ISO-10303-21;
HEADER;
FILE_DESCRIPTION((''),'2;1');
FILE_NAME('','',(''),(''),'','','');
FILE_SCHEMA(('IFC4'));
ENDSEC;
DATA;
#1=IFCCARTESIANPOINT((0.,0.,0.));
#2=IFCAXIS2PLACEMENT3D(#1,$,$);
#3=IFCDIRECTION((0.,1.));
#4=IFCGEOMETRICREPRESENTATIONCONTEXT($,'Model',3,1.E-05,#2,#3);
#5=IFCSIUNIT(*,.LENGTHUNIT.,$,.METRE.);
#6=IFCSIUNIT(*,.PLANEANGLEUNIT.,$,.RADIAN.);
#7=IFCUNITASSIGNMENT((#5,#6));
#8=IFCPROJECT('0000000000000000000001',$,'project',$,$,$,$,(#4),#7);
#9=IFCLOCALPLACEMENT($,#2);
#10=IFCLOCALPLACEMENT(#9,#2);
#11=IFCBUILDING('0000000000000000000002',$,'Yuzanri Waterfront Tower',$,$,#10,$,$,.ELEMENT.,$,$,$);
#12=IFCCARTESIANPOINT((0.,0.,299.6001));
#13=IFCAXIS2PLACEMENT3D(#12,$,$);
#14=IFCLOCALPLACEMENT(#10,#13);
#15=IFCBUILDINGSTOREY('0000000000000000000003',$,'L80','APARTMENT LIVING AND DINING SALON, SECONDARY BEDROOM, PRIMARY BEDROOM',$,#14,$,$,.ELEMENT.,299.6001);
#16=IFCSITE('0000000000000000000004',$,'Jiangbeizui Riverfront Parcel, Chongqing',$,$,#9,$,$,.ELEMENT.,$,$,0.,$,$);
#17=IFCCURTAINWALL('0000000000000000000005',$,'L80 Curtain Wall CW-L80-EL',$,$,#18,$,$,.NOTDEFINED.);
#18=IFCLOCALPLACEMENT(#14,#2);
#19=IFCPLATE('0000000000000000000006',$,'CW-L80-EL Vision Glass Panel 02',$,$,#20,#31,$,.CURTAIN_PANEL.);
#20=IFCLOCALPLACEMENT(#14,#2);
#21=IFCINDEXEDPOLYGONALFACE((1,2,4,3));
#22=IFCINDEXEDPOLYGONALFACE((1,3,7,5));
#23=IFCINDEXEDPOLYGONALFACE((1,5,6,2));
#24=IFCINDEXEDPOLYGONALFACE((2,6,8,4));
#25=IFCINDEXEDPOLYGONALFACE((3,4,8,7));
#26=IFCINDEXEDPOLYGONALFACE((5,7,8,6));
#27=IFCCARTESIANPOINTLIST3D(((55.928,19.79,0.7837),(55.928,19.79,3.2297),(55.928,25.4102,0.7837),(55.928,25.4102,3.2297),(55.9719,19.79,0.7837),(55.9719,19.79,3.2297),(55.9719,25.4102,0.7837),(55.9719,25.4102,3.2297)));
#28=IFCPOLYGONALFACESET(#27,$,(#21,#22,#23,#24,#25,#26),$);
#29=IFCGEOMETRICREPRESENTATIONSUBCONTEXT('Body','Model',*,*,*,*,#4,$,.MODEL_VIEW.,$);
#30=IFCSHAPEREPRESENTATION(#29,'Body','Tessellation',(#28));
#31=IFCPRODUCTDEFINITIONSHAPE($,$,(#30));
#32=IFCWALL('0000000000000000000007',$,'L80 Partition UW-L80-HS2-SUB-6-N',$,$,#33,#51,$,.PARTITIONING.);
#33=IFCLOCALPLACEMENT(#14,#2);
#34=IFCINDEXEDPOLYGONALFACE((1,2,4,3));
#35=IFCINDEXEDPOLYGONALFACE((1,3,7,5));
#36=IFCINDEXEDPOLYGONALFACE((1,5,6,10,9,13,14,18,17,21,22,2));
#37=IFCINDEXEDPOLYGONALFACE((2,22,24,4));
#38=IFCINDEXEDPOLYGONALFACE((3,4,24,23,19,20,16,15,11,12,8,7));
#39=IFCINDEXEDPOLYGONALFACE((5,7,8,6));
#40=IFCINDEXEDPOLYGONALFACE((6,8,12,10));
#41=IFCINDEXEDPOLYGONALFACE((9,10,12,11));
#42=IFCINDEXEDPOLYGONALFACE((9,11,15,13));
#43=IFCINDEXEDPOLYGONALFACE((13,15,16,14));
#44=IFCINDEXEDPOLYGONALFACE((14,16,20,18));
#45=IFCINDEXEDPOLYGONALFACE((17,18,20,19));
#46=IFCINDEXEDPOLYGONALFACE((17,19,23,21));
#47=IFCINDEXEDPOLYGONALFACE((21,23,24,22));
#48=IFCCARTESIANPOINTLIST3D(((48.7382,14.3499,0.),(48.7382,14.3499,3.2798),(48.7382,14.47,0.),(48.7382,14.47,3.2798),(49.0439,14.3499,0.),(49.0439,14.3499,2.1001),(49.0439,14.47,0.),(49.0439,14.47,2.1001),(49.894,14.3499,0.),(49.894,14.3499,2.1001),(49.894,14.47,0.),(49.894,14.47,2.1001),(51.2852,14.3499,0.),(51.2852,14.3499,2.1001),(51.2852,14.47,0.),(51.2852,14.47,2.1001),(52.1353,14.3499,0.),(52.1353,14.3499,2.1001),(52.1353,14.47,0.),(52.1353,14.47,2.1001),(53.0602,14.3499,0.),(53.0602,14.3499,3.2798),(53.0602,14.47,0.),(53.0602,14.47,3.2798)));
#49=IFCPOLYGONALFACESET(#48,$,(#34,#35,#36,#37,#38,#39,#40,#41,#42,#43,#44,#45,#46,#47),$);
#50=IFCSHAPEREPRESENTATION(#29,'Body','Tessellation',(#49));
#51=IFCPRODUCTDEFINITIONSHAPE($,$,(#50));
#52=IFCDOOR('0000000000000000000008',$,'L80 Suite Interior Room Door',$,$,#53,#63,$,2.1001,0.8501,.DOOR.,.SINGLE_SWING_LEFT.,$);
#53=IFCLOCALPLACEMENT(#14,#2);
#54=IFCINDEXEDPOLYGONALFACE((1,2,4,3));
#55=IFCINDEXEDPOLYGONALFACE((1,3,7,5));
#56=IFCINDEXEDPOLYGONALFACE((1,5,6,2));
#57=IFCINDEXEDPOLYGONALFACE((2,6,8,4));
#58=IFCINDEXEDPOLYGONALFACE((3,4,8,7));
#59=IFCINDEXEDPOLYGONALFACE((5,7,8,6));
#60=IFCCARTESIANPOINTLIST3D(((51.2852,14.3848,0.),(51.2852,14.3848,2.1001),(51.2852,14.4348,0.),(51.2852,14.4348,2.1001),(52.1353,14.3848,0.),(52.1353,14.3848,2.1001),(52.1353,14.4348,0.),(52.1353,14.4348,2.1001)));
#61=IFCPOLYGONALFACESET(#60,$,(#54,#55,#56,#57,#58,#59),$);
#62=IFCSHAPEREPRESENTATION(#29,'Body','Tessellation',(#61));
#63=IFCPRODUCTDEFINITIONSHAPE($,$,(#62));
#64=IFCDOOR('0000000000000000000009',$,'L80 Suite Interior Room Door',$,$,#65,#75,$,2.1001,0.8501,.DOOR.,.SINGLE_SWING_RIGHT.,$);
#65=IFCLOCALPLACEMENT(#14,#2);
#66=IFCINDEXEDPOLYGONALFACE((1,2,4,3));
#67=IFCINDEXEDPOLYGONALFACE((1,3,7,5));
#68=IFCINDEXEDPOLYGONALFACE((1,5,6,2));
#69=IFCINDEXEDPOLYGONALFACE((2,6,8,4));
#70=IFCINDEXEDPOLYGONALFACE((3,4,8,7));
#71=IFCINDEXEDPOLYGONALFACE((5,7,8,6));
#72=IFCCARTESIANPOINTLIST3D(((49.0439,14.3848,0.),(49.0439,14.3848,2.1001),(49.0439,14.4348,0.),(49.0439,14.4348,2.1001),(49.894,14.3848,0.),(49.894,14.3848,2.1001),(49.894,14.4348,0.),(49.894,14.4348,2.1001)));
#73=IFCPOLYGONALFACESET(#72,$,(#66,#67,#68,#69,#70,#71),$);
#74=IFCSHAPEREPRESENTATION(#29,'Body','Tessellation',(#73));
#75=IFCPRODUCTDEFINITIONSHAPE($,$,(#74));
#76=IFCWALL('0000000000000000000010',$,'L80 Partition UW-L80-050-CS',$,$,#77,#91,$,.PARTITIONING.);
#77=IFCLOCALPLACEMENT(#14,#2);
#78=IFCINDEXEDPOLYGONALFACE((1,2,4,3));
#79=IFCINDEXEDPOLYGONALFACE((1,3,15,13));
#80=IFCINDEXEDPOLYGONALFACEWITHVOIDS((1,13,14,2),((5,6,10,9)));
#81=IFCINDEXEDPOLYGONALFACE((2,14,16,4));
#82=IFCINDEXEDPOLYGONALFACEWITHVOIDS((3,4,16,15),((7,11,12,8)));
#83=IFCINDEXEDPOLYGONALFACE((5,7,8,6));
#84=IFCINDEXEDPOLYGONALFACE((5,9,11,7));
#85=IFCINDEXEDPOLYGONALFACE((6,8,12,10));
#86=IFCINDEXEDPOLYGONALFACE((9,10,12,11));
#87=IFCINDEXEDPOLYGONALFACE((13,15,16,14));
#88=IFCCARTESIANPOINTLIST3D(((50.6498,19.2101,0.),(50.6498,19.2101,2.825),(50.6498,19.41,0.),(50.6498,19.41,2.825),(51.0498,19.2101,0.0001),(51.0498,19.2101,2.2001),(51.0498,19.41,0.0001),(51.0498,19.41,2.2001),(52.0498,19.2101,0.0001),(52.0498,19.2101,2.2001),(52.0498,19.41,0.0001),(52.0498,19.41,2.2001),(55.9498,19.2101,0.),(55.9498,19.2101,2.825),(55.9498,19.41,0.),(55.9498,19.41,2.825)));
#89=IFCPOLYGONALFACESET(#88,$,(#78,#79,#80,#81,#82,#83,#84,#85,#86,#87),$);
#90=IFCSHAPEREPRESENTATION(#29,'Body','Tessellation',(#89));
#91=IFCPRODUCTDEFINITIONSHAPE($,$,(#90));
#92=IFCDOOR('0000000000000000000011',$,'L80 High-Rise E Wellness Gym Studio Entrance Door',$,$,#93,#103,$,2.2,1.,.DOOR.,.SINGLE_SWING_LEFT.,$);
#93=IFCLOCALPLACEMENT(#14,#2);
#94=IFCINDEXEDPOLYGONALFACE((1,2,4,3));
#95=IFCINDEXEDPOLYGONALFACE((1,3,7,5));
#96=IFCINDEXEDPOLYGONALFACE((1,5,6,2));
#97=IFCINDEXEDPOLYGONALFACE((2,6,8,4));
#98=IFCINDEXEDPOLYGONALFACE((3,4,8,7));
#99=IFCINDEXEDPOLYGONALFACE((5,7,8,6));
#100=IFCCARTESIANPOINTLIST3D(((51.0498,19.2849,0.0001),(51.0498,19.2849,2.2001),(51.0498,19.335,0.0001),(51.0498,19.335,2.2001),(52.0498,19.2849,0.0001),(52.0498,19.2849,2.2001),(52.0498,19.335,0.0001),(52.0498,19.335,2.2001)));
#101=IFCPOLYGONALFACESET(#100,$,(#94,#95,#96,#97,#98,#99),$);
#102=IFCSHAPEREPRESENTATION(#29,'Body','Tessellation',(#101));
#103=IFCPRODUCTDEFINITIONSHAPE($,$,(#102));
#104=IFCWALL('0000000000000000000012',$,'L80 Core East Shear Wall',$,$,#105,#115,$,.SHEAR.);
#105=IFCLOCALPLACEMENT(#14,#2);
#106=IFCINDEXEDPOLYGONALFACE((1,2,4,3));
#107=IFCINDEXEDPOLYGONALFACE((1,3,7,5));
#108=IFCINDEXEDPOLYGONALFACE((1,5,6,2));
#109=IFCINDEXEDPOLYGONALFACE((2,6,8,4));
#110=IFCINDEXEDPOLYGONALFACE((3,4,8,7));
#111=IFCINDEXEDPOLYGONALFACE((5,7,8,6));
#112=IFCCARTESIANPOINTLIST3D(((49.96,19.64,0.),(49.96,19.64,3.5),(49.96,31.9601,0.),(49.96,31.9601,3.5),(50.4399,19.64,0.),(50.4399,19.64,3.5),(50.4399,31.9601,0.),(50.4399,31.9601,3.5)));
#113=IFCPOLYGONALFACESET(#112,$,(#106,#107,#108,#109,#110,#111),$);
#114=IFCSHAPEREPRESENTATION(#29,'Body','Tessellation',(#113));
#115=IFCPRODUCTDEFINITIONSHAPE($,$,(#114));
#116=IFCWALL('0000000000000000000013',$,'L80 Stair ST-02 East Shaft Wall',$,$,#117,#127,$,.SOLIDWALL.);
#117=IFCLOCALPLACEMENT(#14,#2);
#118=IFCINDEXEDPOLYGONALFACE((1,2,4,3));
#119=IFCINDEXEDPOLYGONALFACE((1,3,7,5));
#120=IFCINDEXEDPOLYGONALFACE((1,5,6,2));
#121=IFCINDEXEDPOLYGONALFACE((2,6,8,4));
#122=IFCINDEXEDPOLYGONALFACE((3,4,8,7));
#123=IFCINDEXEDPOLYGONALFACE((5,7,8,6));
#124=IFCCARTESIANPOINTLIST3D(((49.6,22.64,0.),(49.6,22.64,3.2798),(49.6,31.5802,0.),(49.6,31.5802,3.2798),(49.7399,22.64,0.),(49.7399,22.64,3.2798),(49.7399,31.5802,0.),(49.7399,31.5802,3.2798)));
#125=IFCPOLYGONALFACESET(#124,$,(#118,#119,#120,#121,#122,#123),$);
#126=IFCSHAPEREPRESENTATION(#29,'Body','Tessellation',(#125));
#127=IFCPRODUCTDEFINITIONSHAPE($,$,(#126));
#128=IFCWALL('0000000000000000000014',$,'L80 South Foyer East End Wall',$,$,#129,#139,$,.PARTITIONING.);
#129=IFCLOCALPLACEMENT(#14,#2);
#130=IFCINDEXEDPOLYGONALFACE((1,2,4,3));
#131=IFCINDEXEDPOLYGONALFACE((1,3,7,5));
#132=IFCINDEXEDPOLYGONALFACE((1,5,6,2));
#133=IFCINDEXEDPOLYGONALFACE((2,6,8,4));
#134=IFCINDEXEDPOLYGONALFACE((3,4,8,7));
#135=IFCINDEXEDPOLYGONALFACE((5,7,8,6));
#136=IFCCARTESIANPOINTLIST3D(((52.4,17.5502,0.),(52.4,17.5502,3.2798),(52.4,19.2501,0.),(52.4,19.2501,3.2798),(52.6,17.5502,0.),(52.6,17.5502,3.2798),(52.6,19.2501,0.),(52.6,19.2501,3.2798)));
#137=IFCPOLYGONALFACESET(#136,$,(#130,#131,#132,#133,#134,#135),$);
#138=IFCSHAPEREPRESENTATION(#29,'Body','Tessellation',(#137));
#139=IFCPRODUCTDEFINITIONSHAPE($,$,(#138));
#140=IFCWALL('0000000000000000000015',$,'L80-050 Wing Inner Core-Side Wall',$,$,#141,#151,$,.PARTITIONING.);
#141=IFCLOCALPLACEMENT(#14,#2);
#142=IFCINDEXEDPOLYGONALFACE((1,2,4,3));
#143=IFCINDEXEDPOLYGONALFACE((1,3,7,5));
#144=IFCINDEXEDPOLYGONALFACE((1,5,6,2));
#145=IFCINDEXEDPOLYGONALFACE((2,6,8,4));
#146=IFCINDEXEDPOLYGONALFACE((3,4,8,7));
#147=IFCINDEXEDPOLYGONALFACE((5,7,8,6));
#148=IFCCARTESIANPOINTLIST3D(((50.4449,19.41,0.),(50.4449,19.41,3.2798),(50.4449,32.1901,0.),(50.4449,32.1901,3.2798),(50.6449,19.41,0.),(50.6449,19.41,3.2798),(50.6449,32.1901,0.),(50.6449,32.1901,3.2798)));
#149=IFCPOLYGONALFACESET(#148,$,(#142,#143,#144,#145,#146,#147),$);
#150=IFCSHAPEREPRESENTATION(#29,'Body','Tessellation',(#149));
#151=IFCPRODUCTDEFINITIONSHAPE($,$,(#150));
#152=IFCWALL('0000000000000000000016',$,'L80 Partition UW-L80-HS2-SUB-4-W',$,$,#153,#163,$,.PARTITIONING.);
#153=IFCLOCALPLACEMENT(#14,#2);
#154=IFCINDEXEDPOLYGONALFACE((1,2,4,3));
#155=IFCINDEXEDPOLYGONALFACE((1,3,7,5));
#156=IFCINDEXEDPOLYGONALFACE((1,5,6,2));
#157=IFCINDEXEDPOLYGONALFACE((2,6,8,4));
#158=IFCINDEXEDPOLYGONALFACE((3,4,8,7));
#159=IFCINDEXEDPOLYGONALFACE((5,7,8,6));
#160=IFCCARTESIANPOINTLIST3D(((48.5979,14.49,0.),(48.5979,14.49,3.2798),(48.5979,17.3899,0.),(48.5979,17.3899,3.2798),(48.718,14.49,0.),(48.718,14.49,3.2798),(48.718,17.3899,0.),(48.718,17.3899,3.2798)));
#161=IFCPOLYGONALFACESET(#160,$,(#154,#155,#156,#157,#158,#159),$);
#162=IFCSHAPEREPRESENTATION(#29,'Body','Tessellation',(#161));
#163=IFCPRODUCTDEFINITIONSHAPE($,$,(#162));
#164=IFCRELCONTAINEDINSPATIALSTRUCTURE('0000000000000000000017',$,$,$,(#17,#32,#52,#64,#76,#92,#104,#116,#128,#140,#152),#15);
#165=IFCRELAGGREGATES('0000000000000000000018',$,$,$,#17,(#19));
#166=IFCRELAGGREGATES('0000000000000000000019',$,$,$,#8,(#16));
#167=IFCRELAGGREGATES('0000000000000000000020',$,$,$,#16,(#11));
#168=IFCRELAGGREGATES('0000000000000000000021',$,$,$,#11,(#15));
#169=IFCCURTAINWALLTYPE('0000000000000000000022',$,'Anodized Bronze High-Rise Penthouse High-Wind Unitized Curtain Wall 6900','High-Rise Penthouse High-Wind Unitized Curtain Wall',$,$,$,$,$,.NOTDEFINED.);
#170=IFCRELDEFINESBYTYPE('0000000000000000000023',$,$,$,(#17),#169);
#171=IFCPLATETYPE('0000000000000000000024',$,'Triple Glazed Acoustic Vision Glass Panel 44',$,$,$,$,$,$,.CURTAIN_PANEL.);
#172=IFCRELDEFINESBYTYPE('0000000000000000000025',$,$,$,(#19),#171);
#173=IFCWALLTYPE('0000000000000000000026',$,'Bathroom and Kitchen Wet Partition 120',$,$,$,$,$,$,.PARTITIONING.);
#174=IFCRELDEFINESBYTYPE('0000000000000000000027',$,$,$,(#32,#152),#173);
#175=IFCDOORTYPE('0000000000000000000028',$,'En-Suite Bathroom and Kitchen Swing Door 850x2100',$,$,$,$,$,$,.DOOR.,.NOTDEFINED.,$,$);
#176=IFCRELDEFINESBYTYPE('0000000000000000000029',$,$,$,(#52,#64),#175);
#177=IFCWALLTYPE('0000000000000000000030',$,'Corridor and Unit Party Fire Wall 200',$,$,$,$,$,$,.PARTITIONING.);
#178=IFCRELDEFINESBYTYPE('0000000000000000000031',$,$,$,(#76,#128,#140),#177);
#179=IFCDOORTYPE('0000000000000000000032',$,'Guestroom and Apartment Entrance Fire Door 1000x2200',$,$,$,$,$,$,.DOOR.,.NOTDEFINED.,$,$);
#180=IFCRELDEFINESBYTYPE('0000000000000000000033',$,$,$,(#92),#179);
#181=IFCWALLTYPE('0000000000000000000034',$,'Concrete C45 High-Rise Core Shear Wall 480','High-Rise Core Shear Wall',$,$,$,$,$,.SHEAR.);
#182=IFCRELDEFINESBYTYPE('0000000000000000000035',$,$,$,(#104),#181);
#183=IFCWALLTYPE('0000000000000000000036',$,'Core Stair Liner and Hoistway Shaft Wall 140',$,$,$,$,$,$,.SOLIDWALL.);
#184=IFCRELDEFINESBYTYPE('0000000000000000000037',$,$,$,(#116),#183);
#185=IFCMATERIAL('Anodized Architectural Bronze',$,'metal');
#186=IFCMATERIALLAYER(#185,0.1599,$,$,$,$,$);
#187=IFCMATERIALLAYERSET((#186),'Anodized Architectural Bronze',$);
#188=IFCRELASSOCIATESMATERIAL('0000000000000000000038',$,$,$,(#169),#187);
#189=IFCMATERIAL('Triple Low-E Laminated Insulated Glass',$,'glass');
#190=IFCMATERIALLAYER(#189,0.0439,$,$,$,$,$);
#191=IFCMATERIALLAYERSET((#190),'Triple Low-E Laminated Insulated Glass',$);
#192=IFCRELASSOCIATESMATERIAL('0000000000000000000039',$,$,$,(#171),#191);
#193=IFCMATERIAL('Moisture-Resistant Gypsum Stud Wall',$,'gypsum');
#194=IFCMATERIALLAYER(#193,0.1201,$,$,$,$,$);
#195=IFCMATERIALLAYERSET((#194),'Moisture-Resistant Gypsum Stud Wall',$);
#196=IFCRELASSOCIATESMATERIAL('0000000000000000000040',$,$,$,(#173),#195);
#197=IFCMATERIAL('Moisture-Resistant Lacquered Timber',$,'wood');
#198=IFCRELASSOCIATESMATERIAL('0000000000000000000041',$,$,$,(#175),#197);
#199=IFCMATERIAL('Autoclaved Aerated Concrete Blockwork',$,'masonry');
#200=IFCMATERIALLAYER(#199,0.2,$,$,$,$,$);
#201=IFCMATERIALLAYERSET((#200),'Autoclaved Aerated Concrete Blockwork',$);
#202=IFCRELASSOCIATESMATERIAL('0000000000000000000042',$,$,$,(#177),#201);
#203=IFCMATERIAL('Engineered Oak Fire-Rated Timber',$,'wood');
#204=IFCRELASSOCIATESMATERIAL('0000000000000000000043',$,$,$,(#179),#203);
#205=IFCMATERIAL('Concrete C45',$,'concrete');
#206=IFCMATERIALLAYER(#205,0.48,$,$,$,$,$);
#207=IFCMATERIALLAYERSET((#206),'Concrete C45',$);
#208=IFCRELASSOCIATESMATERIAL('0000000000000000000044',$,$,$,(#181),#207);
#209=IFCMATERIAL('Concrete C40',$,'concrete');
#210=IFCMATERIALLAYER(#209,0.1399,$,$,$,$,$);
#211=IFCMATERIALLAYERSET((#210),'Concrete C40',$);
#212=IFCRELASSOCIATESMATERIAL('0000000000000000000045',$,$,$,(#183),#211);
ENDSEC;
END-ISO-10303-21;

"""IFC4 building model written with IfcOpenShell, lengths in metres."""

from ifc_helpers import new_model, si_unit, direction, frame, frame_2d, origin, origin_2d, place, context, subcontext, project, spatial, rectangle, extrude, source, transform, mapped, material, layer, layer_set, type_object, element, fill, aggregate, save


model = new_model("IFC4")

# Units and contexts
model_context = context("Model", 3, precision=1e-05, world=origin(), true_north=direction((0.0, 1.0)))
body_context = subcontext(model_context, "Body", "Model", "MODEL_VIEW")
ifc_project = project(units=[si_unit("LENGTHUNIT", "METRE"), si_unit("PLANEANGLEUNIT", "RADIAN")], contexts=[model_context])

# Site, building, storey
site_placement = place(None, origin())
site = spatial("IfcSite", under=ifc_project, at=site_placement, Name="Jiangbeizui Riverfront Parcel, Chongqing", CompositionType="ELEMENT", RefElevation=0.0)
building_placement = place(site_placement, origin())
building = spatial("IfcBuilding", under=site, at=building_placement, Name="Yuzanri Waterfront Tower", CompositionType="ELEMENT")
storey_placement = place(building_placement, frame((0.0, 0.0, 299.6001)))
storey = spatial("IfcBuildingStorey", under=building, at=storey_placement, Name="L80", Description="APARTMENT LIVING AND DINING SALON, SECONDARY BEDROOM, PRIMARY BEDROOM", CompositionType="ELEMENT", Elevation=299.6001)

# Curtain wall, plate
ifc_material_1 = material(Name="Anodized Architectural Bronze", Category="metal")
ifc_layer_1 = layer(ifc_material_1, 0.1599)
ifc_layer_set_1 = layer_set([ifc_layer_1], Name="Anodized Architectural Bronze")
curtain_wall_type = type_object("IfcCurtainWallType", Name="Anodized Bronze High-Rise Penthouse High-Wind Unitized Curtain Wall 6900", Description="High-Rise Penthouse High-Wind Unitized Curtain Wall", PredefinedType="NOTDEFINED", material=ifc_layer_set_1)
curtain_wall_placement = place(storey_placement, origin())
curtain_wall = element("IfcCurtainWall", 1, at=curtain_wall_placement, inside=storey, type_object=curtain_wall_type, Name="L80 Curtain Wall CW-L80-EL", PredefinedType="NOTDEFINED")
ifc_material_2 = material(Name="Triple Low-E Laminated Insulated Glass", Category="glass")
ifc_layer_2 = layer(ifc_material_2, 0.0439)
ifc_layer_set_2 = layer_set([ifc_layer_2], Name="Triple Low-E Laminated Insulated Glass")
plate_type_1 = type_object("IfcPlateType", Name="Triple Glazed Acoustic Vision Glass Panel 44", PredefinedType="CURTAIN_PANEL", material=ifc_layer_set_2)
shared_shape_1 = source(origin(), body_context, "Body", "SweptSolid", [
    extrude(rectangle(XDim=5.6201, YDim=0.0439, at=origin_2d()), origin(), (0.0, 0.0, 1.0), 2.446),
])
plate_1_placement = place(storey_placement, frame((55.95, 22.6001, 0.7837), z_axis=(0.0, 0.0, 1.0), x_axis=(0.0, 1.0, 0.0)))
plate_1 = element("IfcPlate", 2, at=plate_1_placement, type_object=plate_type_1, Name="CW-L80-EL Vision Glass Panel 02", PredefinedType="CURTAIN_PANEL", context=body_context, shape_type="MappedRepresentation", body=[
    mapped(shared_shape_1, transform((0.0, 0.0, 0.0), scale=1.0)),
])
aggregate(curtain_wall, [plate_1])

# Wall, openings, doors
ifc_material_3 = material(Name="Moisture-Resistant Gypsum Stud Wall", Category="gypsum")
ifc_layer_3 = layer(ifc_material_3, 0.1201)
ifc_layer_set_3 = layer_set([ifc_layer_3], Name="Moisture-Resistant Gypsum Stud Wall")
wall_type_1 = type_object("IfcWallType", Name="Bathroom and Kitchen Wet Partition 120", PredefinedType="PARTITIONING", material=ifc_layer_set_3)
wall_1_placement = place(storey_placement, frame((48.738, 14.4099, 0.0), z_axis=(0.0, 0.0, 1.0), x_axis=(1.0, 0.0, 0.0)))
wall_1 = element("IfcWall", 3, at=wall_1_placement, inside=storey, type_object=wall_type_1, Name="L80 Partition UW-L80-HS2-SUB-6-N", PredefinedType="PARTITIONING", context=body_context, shape_type="SweptSolid", body=[
    extrude(rectangle(XDim=4.322, YDim=0.1201, at=frame_2d((2.1611, 0.0))), origin(), (0.0, 0.0, 1.0), 3.2798),
])
opening_1_placement = place(wall_1_placement, frame((2.5471, 0.0, 0.0)))
opening_1 = element("IfcOpeningElement", 4, at=opening_1_placement, cuts=wall_1, PredefinedType="OPENING", context=body_context, shape_type="SweptSolid", body=[
    extrude(rectangle(XDim=0.8501, YDim=2.1001, at=frame_2d((0.425, 1.05))), frame((0.0, 0.075, 0.0), z_axis=(0.0, -1.0, 0.0), x_axis=(1.0, 0.0, 0.0)), (0.0, 0.0, 1.0), 0.1499),
])
opening_2_placement = place(wall_1_placement, frame((0.3059, 0.0, 0.0)))
opening_2 = element("IfcOpeningElement", 5, at=opening_2_placement, cuts=wall_1, PredefinedType="OPENING", context=body_context, shape_type="SweptSolid", body=[
    extrude(rectangle(XDim=0.8501, YDim=2.1001, at=frame_2d((0.425, 1.05))), frame((0.0, 0.075, 0.0), z_axis=(0.0, -1.0, 0.0), x_axis=(1.0, 0.0, 0.0)), (0.0, 0.0, 1.0), 0.1499),
])
ifc_material_4 = material(Name="Moisture-Resistant Lacquered Timber", Category="wood")
door_type_1 = type_object("IfcDoorType", Name="En-Suite Bathroom and Kitchen Swing Door 850x2100", OperationType="NOTDEFINED", PredefinedType="DOOR", material=ifc_material_4)
shared_shape_2 = source(origin(), body_context, "Body", "SweptSolid", [
    extrude(rectangle(XDim=0.8501, YDim=2.1001, at=frame_2d((0.425, 1.05))), frame((0.0, 0.0249, 0.0), z_axis=(0.0, -1.0, 0.0), x_axis=(1.0, 0.0, 0.0)), (0.0, 0.0, 1.0), 0.05),
])
door_1_placement = place(opening_1_placement, origin())
door_1 = element("IfcDoor", 6, at=door_1_placement, inside=storey, type_object=door_type_1, Name="L80 Suite Interior Room Door", OperationType="SINGLE_SWING_LEFT", OverallHeight=2.1001, OverallWidth=0.8501, PredefinedType="DOOR", context=body_context, shape_type="MappedRepresentation", body=[
    mapped(shared_shape_2, transform((0.0, 0.0, 0.0), scale=1.0)),
])
fill(opening_1, door_1)
door_2_placement = place(opening_2_placement, origin())
door_2 = element("IfcDoor", 7, at=door_2_placement, inside=storey, type_object=door_type_1, Name="L80 Suite Interior Room Door", OperationType="SINGLE_SWING_RIGHT", OverallHeight=2.1001, OverallWidth=0.8501, PredefinedType="DOOR", context=body_context, shape_type="MappedRepresentation", body=[
    mapped(shared_shape_2, transform((0.0, 0.0, 0.0), scale=1.0)),
])
fill(opening_2, door_2)

# Wall, opening, door
ifc_material_5 = material(Name="Autoclaved Aerated Concrete Blockwork", Category="masonry")
ifc_layer_4 = layer(ifc_material_5, 0.2)
ifc_layer_set_4 = layer_set([ifc_layer_4], Name="Autoclaved Aerated Concrete Blockwork")
wall_type_2 = type_object("IfcWallType", Name="Corridor and Unit Party Fire Wall 200", PredefinedType="PARTITIONING", material=ifc_layer_set_4)
wall_2_placement = place(storey_placement, frame((50.6499, 19.3101, 0.0), z_axis=(0.0, 0.0, 1.0), x_axis=(1.0, 0.0, 0.0)))
wall_2 = element("IfcWall", 8, at=wall_2_placement, inside=storey, type_object=wall_type_2, Name="L80 Partition UW-L80-050-CS", PredefinedType="PARTITIONING", context=body_context, shape_type="SweptSolid", body=[
    extrude(rectangle(XDim=5.3, YDim=0.2, at=frame_2d((2.6499, 0.0))), origin(), (0.0, 0.0, 1.0), 2.825),
])
opening_3_placement = place(wall_2_placement, frame((0.3999, 0.0, 0.0)))
opening_3 = element("IfcOpeningElement", 9, at=opening_3_placement, cuts=wall_2, PredefinedType="OPENING", context=body_context, shape_type="SweptSolid", body=[
    extrude(rectangle(XDim=1.0, YDim=2.2, at=frame_2d((0.5, 1.1001))), frame((0.0, 0.1147, 0.0), z_axis=(0.0, -1.0, 0.0), x_axis=(1.0, 0.0, 0.0)), (0.0, 0.0, 1.0), 0.2297),
])
ifc_material_6 = material(Name="Engineered Oak Fire-Rated Timber", Category="wood")
door_type_2 = type_object("IfcDoorType", Name="Guestroom and Apartment Entrance Fire Door 1000x2200", OperationType="NOTDEFINED", PredefinedType="DOOR", material=ifc_material_6)
shared_shape_3 = source(origin(), body_context, "Body", "SweptSolid", [
    extrude(rectangle(XDim=1.0, YDim=2.2, at=frame_2d((0.5, 1.1001))), frame((0.0, 0.0249, 0.0), z_axis=(0.0, -1.0, 0.0), x_axis=(1.0, 0.0, 0.0)), (0.0, 0.0, 1.0), 0.05),
])
door_3_placement = place(opening_3_placement, origin())
door_3 = element("IfcDoor", 10, at=door_3_placement, inside=storey, type_object=door_type_2, Name="L80 High-Rise E Wellness Gym Studio Entrance Door", OperationType="SINGLE_SWING_LEFT", OverallHeight=2.2, OverallWidth=1.0, PredefinedType="DOOR", context=body_context, shape_type="MappedRepresentation", body=[
    mapped(shared_shape_3, transform((0.0, 0.0, 0.0), scale=1.0)),
])
fill(opening_3, door_3)

# Walls
ifc_material_7 = material(Name="Concrete C45", Category="concrete")
ifc_layer_5 = layer(ifc_material_7, 0.48)
ifc_layer_set_5 = layer_set([ifc_layer_5], Name="Concrete C45")
wall_type_3 = type_object("IfcWallType", Name="Concrete C45 High-Rise Core Shear Wall 480", Description="High-Rise Core Shear Wall", PredefinedType="SHEAR", material=ifc_layer_set_5)
shared_shape_4 = source(origin(), body_context, "Body", "SweptSolid", [
    extrude(rectangle(XDim=12.3201, YDim=0.48, at=frame_2d((6.1602, 0.0))), origin(), (0.0, 0.0, 1.0), 3.5),
])
wall_3_placement = place(storey_placement, frame((50.2, 19.6399, 0.0), z_axis=(0.0, 0.0, 1.0), x_axis=(0.0, 1.0, 0.0)))
element("IfcWall", 11, at=wall_3_placement, inside=storey, type_object=wall_type_3, Name="L80 Core East Shear Wall", PredefinedType="SHEAR", context=body_context, shape_type="MappedRepresentation", body=[
    mapped(shared_shape_4, transform((0.0, 0.0, 0.0), scale=1.0)),
])
ifc_material_8 = material(Name="Concrete C40", Category="concrete")
ifc_layer_6 = layer(ifc_material_8, 0.1399)
ifc_layer_set_6 = layer_set([ifc_layer_6], Name="Concrete C40")
wall_type_4 = type_object("IfcWallType", Name="Core Stair Liner and Hoistway Shaft Wall 140", PredefinedType="SOLIDWALL", material=ifc_layer_set_6)
shared_shape_5 = source(origin(), body_context, "Body", "SweptSolid", [
    extrude(rectangle(XDim=8.9402, YDim=0.1399, at=frame_2d((4.4702, 0.0))), origin(), (0.0, 0.0, 1.0), 3.2798),
])
wall_4_placement = place(storey_placement, frame((49.6699, 22.6399, 0.0), z_axis=(0.0, 0.0, 1.0), x_axis=(0.0, 1.0, 0.0)))
element("IfcWall", 12, at=wall_4_placement, inside=storey, type_object=wall_type_4, Name="L80 Stair ST-02 East Shaft Wall", PredefinedType="SOLIDWALL", context=body_context, shape_type="MappedRepresentation", body=[
    mapped(shared_shape_5, transform((0.0, 0.0, 0.0), scale=1.0)),
])
shared_shape_6 = source(origin(), body_context, "Body", "SweptSolid", [
    extrude(rectangle(XDim=1.7, YDim=0.2, at=frame_2d((0.8501, 0.0))), origin(), (0.0, 0.0, 1.0), 3.2798),
])
wall_5_placement = place(storey_placement, frame((52.5, 17.55, 0.0), z_axis=(0.0, 0.0, 1.0), x_axis=(0.0, 1.0, 0.0)))
element("IfcWall", 13, at=wall_5_placement, inside=storey, type_object=wall_type_2, Name="L80 South Foyer East End Wall", PredefinedType="PARTITIONING", context=body_context, shape_type="MappedRepresentation", body=[
    mapped(shared_shape_6, transform((0.0, 0.0, 0.0), scale=1.0)),
])
shared_shape_7 = source(origin(), body_context, "Body", "SweptSolid", [
    extrude(rectangle(XDim=12.78, YDim=0.2, at=frame_2d((6.3901, 0.0))), origin(), (0.0, 0.0, 1.0), 3.2798),
])
wall_6_placement = place(storey_placement, frame((50.5449, 19.4099, 0.0), z_axis=(0.0, 0.0, 1.0), x_axis=(0.0, 1.0, 0.0)))
element("IfcWall", 14, at=wall_6_placement, inside=storey, type_object=wall_type_2, Name="L80-050 Wing Inner Core-Side Wall", PredefinedType="PARTITIONING", context=body_context, shape_type="MappedRepresentation", body=[
    mapped(shared_shape_7, transform((0.0, 0.0, 0.0), scale=1.0)),
])
shared_shape_8 = source(origin(), body_context, "Body", "SweptSolid", [
    extrude(rectangle(XDim=2.8999, YDim=0.1201, at=frame_2d((1.45, 0.0))), origin(), (0.0, 0.0, 1.0), 3.2798),
])
wall_7_placement = place(storey_placement, frame((48.658, 14.49, 0.0), z_axis=(0.0, 0.0, 1.0), x_axis=(0.0, 1.0, 0.0)))
element("IfcWall", 15, at=wall_7_placement, inside=storey, type_object=wall_type_1, Name="L80 Partition UW-L80-HS2-SUB-4-W", PredefinedType="PARTITIONING", context=body_context, shape_type="MappedRepresentation", body=[
    mapped(shared_shape_8, transform((0.0, 0.0, 0.0), scale=1.0)),
])

save(model, "model.ifc")
